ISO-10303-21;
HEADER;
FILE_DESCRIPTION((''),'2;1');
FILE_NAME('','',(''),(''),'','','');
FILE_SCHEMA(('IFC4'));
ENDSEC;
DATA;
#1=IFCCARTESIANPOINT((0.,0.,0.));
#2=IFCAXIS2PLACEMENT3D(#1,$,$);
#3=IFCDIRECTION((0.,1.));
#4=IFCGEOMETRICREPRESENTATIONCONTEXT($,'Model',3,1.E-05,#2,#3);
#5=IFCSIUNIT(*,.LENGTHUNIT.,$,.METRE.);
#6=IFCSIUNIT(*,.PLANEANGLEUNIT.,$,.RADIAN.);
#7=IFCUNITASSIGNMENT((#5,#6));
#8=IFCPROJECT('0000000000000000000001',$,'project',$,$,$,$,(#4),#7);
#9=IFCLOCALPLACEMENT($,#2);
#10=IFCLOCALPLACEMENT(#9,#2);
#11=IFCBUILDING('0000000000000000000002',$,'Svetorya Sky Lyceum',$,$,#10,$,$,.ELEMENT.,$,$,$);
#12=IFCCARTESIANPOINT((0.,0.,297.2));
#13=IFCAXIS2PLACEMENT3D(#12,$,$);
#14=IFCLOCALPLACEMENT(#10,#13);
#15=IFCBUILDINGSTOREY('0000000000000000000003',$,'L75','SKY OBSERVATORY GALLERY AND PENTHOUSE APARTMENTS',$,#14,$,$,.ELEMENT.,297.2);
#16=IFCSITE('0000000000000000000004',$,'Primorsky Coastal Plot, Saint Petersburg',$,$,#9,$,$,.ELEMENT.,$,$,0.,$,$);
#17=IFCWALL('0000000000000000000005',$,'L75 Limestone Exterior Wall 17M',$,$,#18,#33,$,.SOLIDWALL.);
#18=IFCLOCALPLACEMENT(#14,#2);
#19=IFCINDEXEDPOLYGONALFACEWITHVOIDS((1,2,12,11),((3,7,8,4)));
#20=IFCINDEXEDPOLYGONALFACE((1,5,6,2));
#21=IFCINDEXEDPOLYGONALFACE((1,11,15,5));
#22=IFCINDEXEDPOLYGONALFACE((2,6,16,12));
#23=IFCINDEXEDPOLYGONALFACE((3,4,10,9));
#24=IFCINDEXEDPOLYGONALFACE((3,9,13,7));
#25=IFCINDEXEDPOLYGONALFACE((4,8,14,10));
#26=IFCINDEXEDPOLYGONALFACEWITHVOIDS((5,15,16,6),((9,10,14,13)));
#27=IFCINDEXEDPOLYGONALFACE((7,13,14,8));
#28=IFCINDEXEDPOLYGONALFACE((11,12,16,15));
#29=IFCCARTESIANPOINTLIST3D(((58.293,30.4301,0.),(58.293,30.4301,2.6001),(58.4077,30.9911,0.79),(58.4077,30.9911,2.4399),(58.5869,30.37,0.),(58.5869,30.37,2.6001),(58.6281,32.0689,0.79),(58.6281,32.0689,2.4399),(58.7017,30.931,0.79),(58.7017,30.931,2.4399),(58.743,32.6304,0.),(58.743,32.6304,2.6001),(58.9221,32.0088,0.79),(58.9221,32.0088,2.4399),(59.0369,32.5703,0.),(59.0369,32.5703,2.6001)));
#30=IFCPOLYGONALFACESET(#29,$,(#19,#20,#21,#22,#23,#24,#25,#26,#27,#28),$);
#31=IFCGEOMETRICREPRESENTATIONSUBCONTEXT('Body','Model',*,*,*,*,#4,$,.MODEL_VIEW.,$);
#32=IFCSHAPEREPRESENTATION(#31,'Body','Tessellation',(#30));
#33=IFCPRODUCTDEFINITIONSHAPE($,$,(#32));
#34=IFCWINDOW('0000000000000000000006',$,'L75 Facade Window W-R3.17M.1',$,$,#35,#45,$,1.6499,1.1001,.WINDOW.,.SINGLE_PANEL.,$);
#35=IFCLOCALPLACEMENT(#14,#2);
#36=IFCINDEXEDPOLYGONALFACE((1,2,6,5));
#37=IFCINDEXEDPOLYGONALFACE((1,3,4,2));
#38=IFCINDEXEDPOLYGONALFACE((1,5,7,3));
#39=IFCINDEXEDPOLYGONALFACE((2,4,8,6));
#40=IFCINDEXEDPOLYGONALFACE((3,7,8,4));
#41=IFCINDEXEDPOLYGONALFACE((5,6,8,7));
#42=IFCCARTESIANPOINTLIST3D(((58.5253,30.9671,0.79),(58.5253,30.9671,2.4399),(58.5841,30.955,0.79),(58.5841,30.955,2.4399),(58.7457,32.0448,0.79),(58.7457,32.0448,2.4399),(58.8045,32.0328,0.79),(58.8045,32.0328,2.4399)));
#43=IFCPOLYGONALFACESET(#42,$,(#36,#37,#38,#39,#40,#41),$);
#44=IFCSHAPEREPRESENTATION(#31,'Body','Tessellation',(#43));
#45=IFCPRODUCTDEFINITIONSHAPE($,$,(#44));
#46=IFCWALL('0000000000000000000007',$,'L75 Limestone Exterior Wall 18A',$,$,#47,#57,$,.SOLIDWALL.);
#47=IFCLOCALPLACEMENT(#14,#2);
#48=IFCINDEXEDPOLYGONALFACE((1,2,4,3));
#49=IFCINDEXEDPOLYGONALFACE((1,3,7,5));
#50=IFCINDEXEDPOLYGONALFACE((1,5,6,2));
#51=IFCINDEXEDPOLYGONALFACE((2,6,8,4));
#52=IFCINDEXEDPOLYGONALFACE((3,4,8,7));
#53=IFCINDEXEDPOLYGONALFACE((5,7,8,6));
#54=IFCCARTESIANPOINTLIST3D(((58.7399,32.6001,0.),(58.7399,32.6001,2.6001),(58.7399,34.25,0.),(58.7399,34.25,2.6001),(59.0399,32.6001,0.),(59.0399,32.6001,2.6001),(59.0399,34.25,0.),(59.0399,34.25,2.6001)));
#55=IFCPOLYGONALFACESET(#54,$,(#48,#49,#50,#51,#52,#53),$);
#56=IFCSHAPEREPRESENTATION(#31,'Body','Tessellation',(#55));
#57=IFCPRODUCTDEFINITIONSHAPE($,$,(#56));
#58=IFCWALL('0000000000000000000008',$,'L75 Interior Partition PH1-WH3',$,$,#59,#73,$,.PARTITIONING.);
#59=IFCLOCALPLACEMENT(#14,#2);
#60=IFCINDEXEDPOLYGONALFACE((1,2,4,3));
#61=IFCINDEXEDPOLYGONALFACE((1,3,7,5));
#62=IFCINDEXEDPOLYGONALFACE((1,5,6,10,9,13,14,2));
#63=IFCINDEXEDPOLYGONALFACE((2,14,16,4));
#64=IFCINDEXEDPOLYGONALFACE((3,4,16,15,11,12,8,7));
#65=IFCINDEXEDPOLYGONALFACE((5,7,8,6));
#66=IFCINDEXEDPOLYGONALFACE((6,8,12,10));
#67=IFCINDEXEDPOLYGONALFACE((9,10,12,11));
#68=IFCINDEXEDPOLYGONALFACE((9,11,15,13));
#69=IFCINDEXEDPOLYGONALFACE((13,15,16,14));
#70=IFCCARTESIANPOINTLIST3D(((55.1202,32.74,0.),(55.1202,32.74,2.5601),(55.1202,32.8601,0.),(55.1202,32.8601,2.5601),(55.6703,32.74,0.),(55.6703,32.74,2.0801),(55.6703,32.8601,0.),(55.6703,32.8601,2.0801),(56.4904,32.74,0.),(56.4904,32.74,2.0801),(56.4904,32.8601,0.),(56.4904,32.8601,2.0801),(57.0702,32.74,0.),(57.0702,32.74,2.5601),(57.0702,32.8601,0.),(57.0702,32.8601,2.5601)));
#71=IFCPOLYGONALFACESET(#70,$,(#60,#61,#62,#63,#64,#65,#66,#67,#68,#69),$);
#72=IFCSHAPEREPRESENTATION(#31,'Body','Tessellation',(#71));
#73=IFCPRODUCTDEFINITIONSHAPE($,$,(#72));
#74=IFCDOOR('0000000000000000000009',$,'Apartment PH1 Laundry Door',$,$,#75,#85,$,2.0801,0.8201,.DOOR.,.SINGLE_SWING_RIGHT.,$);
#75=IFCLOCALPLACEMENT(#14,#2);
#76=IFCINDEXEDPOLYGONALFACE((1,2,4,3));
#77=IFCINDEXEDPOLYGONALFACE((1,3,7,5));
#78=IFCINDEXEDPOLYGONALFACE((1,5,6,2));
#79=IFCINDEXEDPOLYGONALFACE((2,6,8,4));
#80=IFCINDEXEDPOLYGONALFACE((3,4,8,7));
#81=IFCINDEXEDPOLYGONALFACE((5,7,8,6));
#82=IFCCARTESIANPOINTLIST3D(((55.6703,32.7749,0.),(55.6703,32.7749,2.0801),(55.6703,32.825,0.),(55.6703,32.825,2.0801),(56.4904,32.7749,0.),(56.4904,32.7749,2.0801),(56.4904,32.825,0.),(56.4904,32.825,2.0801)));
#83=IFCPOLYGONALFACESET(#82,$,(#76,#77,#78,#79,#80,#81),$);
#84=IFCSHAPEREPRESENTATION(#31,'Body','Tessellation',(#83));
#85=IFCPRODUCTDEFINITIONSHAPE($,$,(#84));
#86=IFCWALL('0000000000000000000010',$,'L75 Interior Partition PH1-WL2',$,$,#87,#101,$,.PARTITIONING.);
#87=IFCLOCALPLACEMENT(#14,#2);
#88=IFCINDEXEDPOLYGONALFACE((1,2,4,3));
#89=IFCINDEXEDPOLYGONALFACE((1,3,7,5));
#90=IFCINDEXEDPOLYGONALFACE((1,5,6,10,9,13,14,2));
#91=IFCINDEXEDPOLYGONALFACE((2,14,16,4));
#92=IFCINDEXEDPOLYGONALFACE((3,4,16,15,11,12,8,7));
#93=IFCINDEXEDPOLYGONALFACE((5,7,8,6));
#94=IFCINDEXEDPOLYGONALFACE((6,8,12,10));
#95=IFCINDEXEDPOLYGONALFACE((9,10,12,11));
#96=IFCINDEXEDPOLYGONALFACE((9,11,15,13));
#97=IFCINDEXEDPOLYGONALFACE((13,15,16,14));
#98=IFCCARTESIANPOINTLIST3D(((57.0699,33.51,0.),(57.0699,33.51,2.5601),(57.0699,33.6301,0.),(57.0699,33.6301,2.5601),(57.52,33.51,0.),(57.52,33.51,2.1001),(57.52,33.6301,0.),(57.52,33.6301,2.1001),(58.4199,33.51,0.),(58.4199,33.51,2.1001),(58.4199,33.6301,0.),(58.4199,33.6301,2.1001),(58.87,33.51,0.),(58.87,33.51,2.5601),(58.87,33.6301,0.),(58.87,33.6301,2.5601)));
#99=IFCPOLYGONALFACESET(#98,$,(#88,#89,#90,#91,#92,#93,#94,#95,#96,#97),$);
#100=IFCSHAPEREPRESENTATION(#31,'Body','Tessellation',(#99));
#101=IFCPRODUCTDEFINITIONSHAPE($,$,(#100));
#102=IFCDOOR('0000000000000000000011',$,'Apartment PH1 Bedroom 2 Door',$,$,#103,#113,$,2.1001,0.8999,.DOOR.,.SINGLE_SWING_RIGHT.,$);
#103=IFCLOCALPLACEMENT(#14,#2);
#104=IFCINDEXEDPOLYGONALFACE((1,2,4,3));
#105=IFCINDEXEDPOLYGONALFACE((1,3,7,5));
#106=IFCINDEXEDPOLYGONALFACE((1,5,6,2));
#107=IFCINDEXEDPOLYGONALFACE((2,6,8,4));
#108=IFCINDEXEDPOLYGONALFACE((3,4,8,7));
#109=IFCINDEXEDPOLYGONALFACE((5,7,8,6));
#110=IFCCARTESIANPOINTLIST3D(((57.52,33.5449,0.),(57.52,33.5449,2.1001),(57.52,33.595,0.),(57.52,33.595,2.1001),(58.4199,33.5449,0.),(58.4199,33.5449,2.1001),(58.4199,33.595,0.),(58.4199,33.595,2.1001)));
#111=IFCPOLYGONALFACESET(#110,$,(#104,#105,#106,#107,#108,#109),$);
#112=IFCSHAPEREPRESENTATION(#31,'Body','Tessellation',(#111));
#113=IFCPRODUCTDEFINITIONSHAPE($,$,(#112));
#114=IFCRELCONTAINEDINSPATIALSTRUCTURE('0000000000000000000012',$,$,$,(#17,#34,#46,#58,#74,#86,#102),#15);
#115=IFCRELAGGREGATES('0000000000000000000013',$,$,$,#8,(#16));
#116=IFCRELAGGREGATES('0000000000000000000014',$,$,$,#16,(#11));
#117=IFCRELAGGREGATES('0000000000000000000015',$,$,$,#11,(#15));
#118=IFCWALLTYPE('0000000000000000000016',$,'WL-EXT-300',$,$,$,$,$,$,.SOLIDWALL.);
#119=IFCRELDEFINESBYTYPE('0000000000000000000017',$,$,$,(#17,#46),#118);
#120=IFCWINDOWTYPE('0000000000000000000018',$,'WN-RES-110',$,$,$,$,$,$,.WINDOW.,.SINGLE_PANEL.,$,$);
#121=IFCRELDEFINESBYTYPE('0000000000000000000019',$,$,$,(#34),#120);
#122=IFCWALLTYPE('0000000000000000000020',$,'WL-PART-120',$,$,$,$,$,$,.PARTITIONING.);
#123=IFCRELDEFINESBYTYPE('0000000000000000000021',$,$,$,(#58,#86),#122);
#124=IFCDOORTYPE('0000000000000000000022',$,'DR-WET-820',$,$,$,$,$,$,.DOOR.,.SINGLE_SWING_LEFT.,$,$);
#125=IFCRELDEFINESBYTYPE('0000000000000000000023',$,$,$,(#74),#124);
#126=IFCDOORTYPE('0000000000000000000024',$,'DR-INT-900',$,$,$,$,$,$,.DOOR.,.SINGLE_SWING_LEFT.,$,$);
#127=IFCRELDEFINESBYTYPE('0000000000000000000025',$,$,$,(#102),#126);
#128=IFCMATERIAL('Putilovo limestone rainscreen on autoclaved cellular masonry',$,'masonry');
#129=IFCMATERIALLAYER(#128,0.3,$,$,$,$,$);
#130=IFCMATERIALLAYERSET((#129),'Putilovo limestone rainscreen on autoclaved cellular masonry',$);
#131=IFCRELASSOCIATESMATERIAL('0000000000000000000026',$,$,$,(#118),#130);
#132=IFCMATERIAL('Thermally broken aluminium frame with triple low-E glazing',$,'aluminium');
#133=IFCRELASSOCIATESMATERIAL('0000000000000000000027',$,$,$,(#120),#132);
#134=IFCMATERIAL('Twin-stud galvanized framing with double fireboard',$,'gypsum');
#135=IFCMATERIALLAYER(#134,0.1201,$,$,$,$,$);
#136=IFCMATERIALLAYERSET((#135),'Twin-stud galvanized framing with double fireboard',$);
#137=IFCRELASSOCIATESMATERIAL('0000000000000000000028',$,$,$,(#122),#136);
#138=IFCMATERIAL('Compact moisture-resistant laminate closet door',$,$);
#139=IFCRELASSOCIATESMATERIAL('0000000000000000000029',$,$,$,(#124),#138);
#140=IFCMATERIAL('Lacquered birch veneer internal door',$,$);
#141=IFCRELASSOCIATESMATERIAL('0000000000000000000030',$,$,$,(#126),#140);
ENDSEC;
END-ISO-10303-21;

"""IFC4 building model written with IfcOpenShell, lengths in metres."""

from ifc_helpers import new_model, si_unit, direction, frame, frame_2d, origin, place, context, subcontext, project, spatial, rectangle, extrude, material, layer, layer_set, type_object, element, fill, save


model = new_model("IFC4")

# Units and contexts
model_context = context("Model", 3, precision=1e-05, world=origin(), true_north=direction((0.0, 1.0)))
body_context = subcontext(model_context, "Body", "Model", "MODEL_VIEW")
ifc_project = project(units=[si_unit("LENGTHUNIT", "METRE"), si_unit("PLANEANGLEUNIT", "RADIAN")], contexts=[model_context])

# Site, building, storey
site_placement = place(None, origin())
site = spatial("IfcSite", under=ifc_project, at=site_placement, Name="Primorsky Coastal Plot, Saint Petersburg", CompositionType="ELEMENT", RefElevation=0.0)
building_placement = place(site_placement, origin())
building = spatial("IfcBuilding", under=site, at=building_placement, Name="Svetorya Sky Lyceum", CompositionType="ELEMENT")
storey_placement = place(building_placement, frame((0.0, 0.0, 297.2)))
storey = spatial("IfcBuildingStorey", under=building, at=storey_placement, Name="L75", Description="SKY OBSERVATORY GALLERY AND PENTHOUSE APARTMENTS", CompositionType="ELEMENT", Elevation=297.2)

# Wall, opening, window
ifc_material_1 = material(Name="Putilovo limestone rainscreen on autoclaved cellular masonry", Category="masonry")
ifc_layer_1 = layer(ifc_material_1, 0.3)
ifc_layer_set_1 = layer_set([ifc_layer_1], Name="Putilovo limestone rainscreen on autoclaved cellular masonry")
wall_type_1 = type_object("IfcWallType", Name="WL-EXT-300", PredefinedType="SOLIDWALL", material=ifc_layer_set_1)
wall_1_placement = place(storey_placement, frame((58.4399, 30.3999, 0.0), z_axis=(0.0, 0.0, 1.0), x_axis=(0.200358, 0.979723, 0.0)))
wall_1 = element("IfcWall", 1, at=wall_1_placement, inside=storey, type_object=wall_type_1, Name="L75 Limestone Exterior Wall 17M", PredefinedType="SOLIDWALL", context=body_context, shape_type="SweptSolid", body=[
    extrude(rectangle(XDim=2.2458, YDim=0.3, at=frame_2d((1.123, 0.0))), origin(), (0.0, 0.0, 1.0), 2.6001),
])
opening_1_placement = place(wall_1_placement, frame((0.5728, 0.0, 0.79)))
opening_1 = element("IfcOpeningElement", 2, at=opening_1_placement, cuts=wall_1, PredefinedType="OPENING", context=body_context, shape_type="SweptSolid", body=[
    extrude(rectangle(XDim=1.1001, YDim=1.6499, at=frame_2d((0.55, 0.825))), frame((0.0, 0.1599, 0.0), z_axis=(0.0, -1.0, 0.0), x_axis=(1.0, 0.0, 0.0)), (0.0, 0.0, 1.0), 0.3201),
])
ifc_material_2 = material(Name="Thermally broken aluminium frame with triple low-E glazing", Category="aluminium")
window_type = type_object("IfcWindowType", Name="WN-RES-110", PartitioningType="SINGLE_PANEL", PredefinedType="WINDOW", material=ifc_material_2)
window_placement = place(opening_1_placement, origin())
window = element("IfcWindow", 3, at=window_placement, inside=storey, type_object=window_type, Name="L75 Facade Window W-R3.17M.1", OverallHeight=1.6499, OverallWidth=1.1001, PartitioningType="SINGLE_PANEL", PredefinedType="WINDOW", context=body_context, shape_type="SweptSolid", body=[
    extrude(rectangle(XDim=1.1001, YDim=1.6499, at=frame_2d((0.55, 0.825))), frame((0.0, 0.03, 0.0), z_axis=(0.0, -1.0, 0.0), x_axis=(1.0, 0.0, 0.0)), (0.0, 0.0, 1.0), 0.0601),
])
fill(opening_1, window)

# Wall
wall_2_placement = place(storey_placement, frame((58.8899, 32.6001, 0.0), z_axis=(0.0, 0.0, 1.0), x_axis=(0.0, 1.0, 0.0)))
element("IfcWall", 4, at=wall_2_placement, inside=storey, type_object=wall_type_1, Name="L75 Limestone Exterior Wall 18A", PredefinedType="SOLIDWALL", context=body_context, shape_type="SweptSolid", body=[
    extrude(rectangle(XDim=1.6499, YDim=0.3, at=frame_2d((0.825, 0.0))), origin(), (0.0, 0.0, 1.0), 2.6001),
])

# Walls, openings, doors
ifc_material_3 = material(Name="Twin-stud galvanized framing with double fireboard", Category="gypsum")
ifc_layer_2 = layer(ifc_material_3, 0.1201)
ifc_layer_set_2 = layer_set([ifc_layer_2], Name="Twin-stud galvanized framing with double fireboard")
wall_type_2 = type_object("IfcWallType", Name="WL-PART-120", PredefinedType="PARTITIONING", material=ifc_layer_set_2)
wall_3_placement = place(storey_placement, frame((55.1201, 32.8, 0.0), z_axis=(0.0, 0.0, 1.0), x_axis=(1.0, 0.0, 0.0)))
wall_3 = element("IfcWall", 5, at=wall_3_placement, inside=storey, type_object=wall_type_2, Name="L75 Interior Partition PH1-WH3", PredefinedType="PARTITIONING", context=body_context, shape_type="SweptSolid", body=[
    extrude(rectangle(XDim=1.95, YDim=0.1201, at=frame_2d((0.9751, 0.0))), origin(), (0.0, 0.0, 1.0), 2.5601),
])
opening_2_placement = place(wall_3_placement, frame((0.55, 0.0, 0.0)))
opening_2 = element("IfcOpeningElement", 6, at=opening_2_placement, cuts=wall_3, PredefinedType="OPENING", context=body_context, shape_type="SweptSolid", body=[
    extrude(rectangle(XDim=0.8201, YDim=2.0801, at=frame_2d((0.4102, 1.04))), frame((0.0, 0.0701, 0.0), z_axis=(0.0, -1.0, 0.0), x_axis=(1.0, 0.0, 0.0)), (0.0, 0.0, 1.0), 0.1401),
])
ifc_material_4 = material(Name="Compact moisture-resistant laminate closet door")
door_type_1 = type_object("IfcDoorType", Name="DR-WET-820", OperationType="SINGLE_SWING_LEFT", PredefinedType="DOOR", material=ifc_material_4)
door_1_placement = place(opening_2_placement, origin())
door_1 = element("IfcDoor", 7, at=door_1_placement, inside=storey, type_object=door_type_1, Name="Apartment PH1 Laundry Door", OperationType="SINGLE_SWING_RIGHT", OverallHeight=2.0801, OverallWidth=0.8201, PredefinedType="DOOR", context=body_context, shape_type="SweptSolid", body=[
    extrude(rectangle(XDim=0.8201, YDim=2.0801, at=frame_2d((0.4102, 1.04))), frame((0.0, 0.0249, 0.0), z_axis=(0.0, -1.0, 0.0), x_axis=(1.0, 0.0, 0.0)), (0.0, 0.0, 1.0), 0.05),
])
fill(opening_2, door_1)
wall_4_placement = place(storey_placement, frame((57.0701, 33.5701, 0.0), z_axis=(0.0, 0.0, 1.0), x_axis=(1.0, 0.0, 0.0)))
wall_4 = element("IfcWall", 8, at=wall_4_placement, inside=storey, type_object=wall_type_2, Name="L75 Interior Partition PH1-WL2", PredefinedType="PARTITIONING", context=body_context, shape_type="SweptSolid", body=[
    extrude(rectangle(XDim=1.8, YDim=0.1201, at=frame_2d((0.8999, 0.0))), origin(), (0.0, 0.0, 1.0), 2.5601),
])
opening_3_placement = place(wall_4_placement, frame((0.45, 0.0, 0.0)))
opening_3 = element("IfcOpeningElement", 9, at=opening_3_placement, cuts=wall_4, PredefinedType="OPENING", context=body_context, shape_type="SweptSolid", body=[
    extrude(rectangle(XDim=0.8999, YDim=2.1001, at=frame_2d((0.45, 1.05))), frame((0.0, 0.0701, 0.0), z_axis=(0.0, -1.0, 0.0), x_axis=(1.0, 0.0, 0.0)), (0.0, 0.0, 1.0), 0.1401),
])
ifc_material_5 = material(Name="Lacquered birch veneer internal door")
door_type_2 = type_object("IfcDoorType", Name="DR-INT-900", OperationType="SINGLE_SWING_LEFT", PredefinedType="DOOR", material=ifc_material_5)
door_2_placement = place(opening_3_placement, origin())
door_2 = element("IfcDoor", 10, at=door_2_placement, inside=storey, type_object=door_type_2, Name="Apartment PH1 Bedroom 2 Door", OperationType="SINGLE_SWING_RIGHT", OverallHeight=2.1001, OverallWidth=0.8999, PredefinedType="DOOR", context=body_context, shape_type="SweptSolid", body=[
    extrude(rectangle(XDim=0.8999, YDim=2.1001, at=frame_2d((0.45, 1.05))), frame((0.0, 0.0249, 0.0), z_axis=(0.0, -1.0, 0.0), x_axis=(1.0, 0.0, 0.0)), (0.0, 0.0, 1.0), 0.05),
])
fill(opening_3, door_2)

save(model, "model.ifc")
